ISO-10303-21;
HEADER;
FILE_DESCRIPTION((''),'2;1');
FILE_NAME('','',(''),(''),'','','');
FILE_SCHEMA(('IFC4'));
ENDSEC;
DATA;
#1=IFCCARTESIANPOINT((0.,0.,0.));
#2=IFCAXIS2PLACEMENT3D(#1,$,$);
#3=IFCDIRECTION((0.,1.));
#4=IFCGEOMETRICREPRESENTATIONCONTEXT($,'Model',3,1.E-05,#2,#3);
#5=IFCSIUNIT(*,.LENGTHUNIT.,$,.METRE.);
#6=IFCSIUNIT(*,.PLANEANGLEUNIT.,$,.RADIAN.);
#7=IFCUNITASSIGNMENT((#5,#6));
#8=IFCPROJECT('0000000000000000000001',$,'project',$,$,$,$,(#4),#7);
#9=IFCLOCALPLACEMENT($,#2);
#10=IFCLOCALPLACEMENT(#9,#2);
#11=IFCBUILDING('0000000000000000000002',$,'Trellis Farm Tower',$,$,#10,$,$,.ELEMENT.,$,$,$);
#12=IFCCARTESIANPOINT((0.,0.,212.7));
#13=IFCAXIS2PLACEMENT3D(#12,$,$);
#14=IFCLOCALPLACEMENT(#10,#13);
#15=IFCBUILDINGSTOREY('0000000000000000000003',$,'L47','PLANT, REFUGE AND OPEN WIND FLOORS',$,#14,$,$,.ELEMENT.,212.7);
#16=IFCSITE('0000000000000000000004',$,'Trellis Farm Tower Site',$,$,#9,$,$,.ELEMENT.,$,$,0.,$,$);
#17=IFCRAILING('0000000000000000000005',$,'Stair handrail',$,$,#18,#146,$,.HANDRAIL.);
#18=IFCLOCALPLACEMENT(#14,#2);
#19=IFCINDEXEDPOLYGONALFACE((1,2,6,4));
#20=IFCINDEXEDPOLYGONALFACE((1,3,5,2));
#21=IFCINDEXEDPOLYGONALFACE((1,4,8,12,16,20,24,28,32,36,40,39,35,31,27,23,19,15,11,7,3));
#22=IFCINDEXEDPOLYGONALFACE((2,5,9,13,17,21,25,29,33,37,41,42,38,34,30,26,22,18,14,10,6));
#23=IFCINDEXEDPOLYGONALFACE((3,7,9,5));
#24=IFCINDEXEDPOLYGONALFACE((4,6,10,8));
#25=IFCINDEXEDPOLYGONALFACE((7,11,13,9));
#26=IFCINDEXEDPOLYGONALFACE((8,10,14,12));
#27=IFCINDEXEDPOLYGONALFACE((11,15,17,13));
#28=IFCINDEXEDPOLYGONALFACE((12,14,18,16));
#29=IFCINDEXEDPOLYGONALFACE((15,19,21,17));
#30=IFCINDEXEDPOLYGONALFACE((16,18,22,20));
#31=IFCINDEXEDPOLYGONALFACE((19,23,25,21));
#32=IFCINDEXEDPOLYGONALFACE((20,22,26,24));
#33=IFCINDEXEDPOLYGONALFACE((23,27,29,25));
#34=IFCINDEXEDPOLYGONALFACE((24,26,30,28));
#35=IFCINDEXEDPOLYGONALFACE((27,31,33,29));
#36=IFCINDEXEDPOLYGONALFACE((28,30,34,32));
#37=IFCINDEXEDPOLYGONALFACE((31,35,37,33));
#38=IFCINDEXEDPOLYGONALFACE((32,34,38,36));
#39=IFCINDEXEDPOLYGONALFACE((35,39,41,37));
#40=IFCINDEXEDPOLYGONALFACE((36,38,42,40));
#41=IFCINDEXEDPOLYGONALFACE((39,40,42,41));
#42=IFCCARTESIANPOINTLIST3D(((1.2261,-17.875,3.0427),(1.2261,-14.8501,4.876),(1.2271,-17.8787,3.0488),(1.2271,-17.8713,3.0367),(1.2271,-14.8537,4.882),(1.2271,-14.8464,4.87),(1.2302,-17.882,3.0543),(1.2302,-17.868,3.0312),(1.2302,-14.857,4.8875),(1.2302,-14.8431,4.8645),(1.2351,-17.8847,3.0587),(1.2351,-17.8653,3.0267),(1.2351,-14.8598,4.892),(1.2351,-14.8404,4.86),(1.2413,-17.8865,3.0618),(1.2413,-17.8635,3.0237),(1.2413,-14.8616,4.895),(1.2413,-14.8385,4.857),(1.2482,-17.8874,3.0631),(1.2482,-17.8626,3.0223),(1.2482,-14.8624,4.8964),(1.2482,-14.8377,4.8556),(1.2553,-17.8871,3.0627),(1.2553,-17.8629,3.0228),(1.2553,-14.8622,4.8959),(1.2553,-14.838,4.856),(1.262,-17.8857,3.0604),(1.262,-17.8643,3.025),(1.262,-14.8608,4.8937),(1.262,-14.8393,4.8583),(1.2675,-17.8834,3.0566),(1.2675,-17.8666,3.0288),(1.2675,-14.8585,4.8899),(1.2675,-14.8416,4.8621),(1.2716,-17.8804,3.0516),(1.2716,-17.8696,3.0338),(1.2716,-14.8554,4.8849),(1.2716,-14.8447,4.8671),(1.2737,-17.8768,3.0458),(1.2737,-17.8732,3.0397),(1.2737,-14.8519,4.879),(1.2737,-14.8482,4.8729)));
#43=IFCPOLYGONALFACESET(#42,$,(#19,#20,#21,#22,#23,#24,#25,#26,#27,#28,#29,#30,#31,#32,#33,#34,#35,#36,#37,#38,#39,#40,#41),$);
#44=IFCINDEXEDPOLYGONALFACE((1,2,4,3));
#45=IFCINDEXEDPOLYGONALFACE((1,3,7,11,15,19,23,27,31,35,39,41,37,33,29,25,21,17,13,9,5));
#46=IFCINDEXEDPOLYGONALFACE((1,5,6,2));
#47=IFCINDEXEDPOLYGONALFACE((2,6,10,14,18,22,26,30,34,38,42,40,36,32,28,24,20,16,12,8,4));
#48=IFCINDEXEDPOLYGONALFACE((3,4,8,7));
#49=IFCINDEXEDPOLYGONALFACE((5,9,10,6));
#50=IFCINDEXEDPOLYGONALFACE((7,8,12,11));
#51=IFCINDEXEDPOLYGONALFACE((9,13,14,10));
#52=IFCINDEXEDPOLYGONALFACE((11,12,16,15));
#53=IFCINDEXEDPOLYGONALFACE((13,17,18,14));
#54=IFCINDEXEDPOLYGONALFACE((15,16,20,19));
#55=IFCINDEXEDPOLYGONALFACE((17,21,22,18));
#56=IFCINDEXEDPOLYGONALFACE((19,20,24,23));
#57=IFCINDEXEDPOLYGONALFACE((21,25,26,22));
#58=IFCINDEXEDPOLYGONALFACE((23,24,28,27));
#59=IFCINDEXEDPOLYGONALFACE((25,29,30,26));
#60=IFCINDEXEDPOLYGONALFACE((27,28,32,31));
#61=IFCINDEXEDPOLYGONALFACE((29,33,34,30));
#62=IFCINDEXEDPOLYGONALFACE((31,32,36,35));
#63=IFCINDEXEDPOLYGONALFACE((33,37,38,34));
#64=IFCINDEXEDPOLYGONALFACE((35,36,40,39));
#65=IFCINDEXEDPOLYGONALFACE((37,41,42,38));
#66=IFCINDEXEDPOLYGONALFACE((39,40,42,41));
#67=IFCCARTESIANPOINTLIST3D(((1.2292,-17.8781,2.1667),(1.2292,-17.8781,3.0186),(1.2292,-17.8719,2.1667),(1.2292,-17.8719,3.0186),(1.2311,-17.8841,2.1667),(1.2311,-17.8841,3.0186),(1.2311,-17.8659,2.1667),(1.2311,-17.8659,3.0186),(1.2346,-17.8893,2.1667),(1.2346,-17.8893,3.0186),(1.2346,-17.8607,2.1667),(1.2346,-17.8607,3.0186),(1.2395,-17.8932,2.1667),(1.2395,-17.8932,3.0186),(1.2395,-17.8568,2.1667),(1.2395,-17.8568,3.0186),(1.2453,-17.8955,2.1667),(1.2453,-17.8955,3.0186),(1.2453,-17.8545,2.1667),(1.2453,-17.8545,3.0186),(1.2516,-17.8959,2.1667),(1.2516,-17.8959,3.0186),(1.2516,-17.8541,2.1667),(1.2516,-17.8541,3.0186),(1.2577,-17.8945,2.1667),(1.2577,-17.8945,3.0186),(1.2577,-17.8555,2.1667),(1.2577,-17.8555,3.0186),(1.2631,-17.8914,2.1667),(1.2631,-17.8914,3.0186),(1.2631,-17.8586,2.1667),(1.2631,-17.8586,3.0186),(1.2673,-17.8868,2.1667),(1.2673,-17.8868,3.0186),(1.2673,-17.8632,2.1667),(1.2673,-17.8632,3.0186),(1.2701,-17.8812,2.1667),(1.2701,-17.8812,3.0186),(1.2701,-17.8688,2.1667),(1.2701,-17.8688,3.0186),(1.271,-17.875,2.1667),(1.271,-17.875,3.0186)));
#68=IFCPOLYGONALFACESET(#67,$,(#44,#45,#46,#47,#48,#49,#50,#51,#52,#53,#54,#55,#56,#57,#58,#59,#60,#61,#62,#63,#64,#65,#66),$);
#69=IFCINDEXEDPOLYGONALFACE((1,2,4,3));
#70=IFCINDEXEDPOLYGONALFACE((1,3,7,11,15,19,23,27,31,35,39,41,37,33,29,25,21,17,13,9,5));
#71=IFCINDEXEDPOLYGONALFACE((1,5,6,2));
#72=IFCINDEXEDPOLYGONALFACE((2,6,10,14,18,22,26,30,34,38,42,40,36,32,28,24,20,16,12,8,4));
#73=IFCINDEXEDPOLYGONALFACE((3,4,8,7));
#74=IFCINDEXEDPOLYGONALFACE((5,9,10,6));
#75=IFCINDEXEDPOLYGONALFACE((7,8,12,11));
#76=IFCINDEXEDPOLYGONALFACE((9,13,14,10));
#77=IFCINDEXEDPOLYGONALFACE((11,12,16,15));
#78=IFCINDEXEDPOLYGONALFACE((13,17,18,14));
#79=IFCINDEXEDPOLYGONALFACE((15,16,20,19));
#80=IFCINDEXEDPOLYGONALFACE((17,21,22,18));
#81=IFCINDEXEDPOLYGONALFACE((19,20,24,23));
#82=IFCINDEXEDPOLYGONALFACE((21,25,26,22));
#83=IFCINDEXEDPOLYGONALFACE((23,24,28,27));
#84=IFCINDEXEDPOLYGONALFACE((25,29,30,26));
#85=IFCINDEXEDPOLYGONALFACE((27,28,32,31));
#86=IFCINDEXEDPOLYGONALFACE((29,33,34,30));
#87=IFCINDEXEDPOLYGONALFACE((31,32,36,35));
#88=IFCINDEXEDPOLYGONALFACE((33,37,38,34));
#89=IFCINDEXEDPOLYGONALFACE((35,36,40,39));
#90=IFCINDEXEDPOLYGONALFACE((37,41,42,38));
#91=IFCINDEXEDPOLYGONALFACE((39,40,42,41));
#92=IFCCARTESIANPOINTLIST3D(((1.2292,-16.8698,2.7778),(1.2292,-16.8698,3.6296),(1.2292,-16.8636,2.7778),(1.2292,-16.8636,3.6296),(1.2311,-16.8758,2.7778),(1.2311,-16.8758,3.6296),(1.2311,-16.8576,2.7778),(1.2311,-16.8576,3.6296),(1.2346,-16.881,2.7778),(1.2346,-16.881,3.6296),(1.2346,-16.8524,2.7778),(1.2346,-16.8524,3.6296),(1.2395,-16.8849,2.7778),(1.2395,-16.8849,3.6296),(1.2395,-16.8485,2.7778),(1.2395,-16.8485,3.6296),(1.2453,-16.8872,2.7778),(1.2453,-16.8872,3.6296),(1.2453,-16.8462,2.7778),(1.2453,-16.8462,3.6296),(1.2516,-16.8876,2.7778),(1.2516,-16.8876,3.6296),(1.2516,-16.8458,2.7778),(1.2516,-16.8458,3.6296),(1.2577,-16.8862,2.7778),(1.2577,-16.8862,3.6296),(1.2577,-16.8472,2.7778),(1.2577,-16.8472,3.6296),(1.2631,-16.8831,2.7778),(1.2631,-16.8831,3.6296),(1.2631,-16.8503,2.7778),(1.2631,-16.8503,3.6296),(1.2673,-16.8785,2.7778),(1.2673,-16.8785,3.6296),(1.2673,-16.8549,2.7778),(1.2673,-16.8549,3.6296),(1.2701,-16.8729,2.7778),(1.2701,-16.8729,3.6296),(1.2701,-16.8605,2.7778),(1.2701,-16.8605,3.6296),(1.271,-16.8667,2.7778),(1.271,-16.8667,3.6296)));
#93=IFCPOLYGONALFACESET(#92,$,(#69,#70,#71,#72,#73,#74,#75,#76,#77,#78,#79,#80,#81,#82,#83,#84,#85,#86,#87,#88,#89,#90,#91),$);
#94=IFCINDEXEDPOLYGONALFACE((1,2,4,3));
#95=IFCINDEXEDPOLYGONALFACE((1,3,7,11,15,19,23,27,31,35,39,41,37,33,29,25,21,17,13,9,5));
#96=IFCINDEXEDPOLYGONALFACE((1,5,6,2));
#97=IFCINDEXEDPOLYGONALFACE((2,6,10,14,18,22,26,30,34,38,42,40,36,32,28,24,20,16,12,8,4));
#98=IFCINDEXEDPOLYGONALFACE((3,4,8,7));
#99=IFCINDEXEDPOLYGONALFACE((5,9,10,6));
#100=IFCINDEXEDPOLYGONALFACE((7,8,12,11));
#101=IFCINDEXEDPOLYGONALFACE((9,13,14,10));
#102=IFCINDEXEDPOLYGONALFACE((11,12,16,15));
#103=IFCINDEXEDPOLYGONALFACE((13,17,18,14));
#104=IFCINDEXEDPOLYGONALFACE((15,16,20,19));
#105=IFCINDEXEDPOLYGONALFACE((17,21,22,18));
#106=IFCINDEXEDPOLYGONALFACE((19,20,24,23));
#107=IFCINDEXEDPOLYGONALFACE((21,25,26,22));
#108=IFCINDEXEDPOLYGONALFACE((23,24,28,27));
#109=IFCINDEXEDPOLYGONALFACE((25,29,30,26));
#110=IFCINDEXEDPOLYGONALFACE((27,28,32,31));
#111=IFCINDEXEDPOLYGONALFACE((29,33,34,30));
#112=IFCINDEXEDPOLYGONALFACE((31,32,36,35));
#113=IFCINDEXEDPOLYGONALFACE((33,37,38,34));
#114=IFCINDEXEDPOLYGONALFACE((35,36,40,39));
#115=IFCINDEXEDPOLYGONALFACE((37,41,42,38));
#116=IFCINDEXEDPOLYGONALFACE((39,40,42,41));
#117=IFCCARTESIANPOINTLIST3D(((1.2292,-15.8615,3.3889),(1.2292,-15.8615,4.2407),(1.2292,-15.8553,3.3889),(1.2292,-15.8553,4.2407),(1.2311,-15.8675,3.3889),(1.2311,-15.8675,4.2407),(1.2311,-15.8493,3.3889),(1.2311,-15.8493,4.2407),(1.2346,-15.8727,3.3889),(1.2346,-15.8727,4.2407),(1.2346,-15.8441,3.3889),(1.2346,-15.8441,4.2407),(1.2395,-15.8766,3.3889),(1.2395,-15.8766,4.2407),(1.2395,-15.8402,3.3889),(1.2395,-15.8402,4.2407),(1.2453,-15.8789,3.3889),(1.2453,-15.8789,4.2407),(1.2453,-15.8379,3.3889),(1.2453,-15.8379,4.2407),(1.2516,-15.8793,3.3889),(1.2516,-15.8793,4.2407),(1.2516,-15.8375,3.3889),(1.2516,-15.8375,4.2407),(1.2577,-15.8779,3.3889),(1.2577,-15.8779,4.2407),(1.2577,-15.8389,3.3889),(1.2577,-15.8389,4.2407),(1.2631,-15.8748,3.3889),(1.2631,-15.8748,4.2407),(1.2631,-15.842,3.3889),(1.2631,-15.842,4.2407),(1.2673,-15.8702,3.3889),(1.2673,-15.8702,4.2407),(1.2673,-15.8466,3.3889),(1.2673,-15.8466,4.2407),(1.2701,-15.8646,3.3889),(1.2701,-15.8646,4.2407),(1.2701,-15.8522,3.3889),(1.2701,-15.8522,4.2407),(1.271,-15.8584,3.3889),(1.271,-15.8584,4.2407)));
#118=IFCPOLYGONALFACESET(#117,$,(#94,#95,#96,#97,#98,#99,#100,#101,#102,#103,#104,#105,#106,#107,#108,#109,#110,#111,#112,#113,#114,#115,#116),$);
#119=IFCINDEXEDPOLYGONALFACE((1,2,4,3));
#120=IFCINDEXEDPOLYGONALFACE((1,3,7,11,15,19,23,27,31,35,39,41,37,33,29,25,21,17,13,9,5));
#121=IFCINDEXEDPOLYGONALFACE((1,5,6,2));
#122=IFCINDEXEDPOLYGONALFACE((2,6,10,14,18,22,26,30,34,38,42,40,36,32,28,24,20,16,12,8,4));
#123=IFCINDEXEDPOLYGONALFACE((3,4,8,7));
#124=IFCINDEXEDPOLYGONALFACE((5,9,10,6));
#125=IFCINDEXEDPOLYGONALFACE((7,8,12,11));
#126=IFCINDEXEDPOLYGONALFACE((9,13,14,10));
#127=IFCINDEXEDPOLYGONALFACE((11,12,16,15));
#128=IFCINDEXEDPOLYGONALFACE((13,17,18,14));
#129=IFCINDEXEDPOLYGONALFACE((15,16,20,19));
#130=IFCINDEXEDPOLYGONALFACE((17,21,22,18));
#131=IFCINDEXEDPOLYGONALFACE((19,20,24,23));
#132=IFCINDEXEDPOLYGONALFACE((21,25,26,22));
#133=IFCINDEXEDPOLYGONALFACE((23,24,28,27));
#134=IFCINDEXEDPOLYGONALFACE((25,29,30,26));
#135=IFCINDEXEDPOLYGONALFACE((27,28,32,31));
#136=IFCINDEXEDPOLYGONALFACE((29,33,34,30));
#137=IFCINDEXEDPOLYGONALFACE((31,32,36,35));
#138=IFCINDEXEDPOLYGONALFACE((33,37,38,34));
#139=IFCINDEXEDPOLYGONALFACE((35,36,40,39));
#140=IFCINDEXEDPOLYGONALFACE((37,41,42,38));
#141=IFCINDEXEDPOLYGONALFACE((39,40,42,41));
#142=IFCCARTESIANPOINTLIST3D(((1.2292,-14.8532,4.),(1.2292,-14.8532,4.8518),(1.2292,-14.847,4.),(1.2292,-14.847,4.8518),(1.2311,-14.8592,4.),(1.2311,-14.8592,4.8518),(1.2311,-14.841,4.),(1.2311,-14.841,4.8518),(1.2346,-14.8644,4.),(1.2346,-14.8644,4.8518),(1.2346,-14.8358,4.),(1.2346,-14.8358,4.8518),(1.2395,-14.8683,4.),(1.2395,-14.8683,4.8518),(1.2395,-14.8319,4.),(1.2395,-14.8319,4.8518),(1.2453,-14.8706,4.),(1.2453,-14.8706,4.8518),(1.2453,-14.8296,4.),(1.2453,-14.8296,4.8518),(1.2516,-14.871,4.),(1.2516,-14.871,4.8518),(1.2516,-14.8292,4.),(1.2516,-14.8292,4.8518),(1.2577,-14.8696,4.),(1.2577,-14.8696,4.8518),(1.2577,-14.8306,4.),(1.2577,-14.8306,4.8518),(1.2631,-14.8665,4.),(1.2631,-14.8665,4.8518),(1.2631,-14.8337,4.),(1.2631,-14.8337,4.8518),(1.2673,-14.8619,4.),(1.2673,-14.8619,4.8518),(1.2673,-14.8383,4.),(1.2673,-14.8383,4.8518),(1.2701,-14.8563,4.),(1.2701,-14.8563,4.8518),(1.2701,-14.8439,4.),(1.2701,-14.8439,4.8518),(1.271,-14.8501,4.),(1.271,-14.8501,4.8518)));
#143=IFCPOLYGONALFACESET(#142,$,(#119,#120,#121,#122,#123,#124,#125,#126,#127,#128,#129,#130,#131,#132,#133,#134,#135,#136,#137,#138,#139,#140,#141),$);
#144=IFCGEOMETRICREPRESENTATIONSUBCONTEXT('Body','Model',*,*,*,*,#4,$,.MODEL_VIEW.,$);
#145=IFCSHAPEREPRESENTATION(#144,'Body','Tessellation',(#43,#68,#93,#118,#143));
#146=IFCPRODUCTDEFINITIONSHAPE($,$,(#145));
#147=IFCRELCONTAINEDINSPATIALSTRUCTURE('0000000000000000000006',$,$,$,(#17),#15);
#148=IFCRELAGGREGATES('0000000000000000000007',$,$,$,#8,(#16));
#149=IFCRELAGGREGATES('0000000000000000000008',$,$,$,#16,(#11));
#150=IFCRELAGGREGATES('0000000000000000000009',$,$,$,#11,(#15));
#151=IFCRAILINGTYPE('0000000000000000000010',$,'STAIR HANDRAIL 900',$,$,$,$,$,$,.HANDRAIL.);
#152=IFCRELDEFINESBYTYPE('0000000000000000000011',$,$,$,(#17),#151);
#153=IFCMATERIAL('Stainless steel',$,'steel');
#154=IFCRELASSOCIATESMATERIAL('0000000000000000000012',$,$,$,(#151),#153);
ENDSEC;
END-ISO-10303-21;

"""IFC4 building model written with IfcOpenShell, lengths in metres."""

from ifc_helpers import new_model, si_unit, direction, frame, origin, origin_2d, place, context, subcontext, project, spatial, circle, extrude, source, transform, mapped, material, type_object, element, save


model = new_model("IFC4")

# Units and contexts
model_context = context("Model", 3, precision=1e-05, world=origin(), true_north=direction((0.0, 1.0)))
body_context = subcontext(model_context, "Body", "Model", "MODEL_VIEW")
ifc_project = project(units=[si_unit("LENGTHUNIT", "METRE"), si_unit("PLANEANGLEUNIT", "RADIAN")], contexts=[model_context])

# Site, building, storey
site_placement = place(None, origin())
site = spatial("IfcSite", under=ifc_project, at=site_placement, Name="Trellis Farm Tower Site", CompositionType="ELEMENT", RefElevation=0.0)
building_placement = place(site_placement, origin())
building = spatial("IfcBuilding", under=site, at=building_placement, Name="Trellis Farm Tower", CompositionType="ELEMENT")
storey_placement = place(building_placement, frame((0.0, 0.0, 212.7)))
storey = spatial("IfcBuildingStorey", under=building, at=storey_placement, Name="L47", Description="PLANT, REFUGE AND OPEN WIND FLOORS", CompositionType="ELEMENT", Elevation=212.7)

# Railing
ifc_material_1 = material(Name="Stainless steel", Category="steel")
railing_type_1 = type_object("IfcRailingType", Name="STAIR HANDRAIL 900", PredefinedType="HANDRAIL", material=ifc_material_1)
shared_shape_1 = source(origin(), body_context, "Body", "SweptSolid", [
    extrude(circle(Radius=0.0239, at=origin_2d()), frame((0.0, 0.0, 0.876), z_axis=(0.0, 0.855201, 0.518297), x_axis=(-1.0, 0.0, 0.0)), (0.0, 0.0, 1.0), 3.5371),
    extrude(circle(Radius=0.021, at=origin_2d()), origin(), (0.0, 0.0, 1.0), 0.8518),
    extrude(circle(Radius=0.021, at=origin_2d()), frame((0.0, 1.0083, 0.6111)), (0.0, 0.0, 1.0), 0.8518),
    extrude(circle(Radius=0.021, at=origin_2d()), frame((0.0, 2.0166, 1.2222)), (0.0, 0.0, 1.0), 0.8518),
    extrude(circle(Radius=0.021, at=origin_2d()), frame((0.0, 3.0249, 1.8333)), (0.0, 0.0, 1.0), 0.8518),
])
for number, where, name in (
    (1, (1.25, -17.875, 2.1667), "Stair handrail"),
):
    element("IfcRailing", number, at=place(storey_placement, frame(where)), inside=storey, type_object=railing_type_1, Name=name, PredefinedType="HANDRAIL", context=body_context, shape_type="MappedRepresentation", body=[
        mapped(shared_shape_1, transform((0.0, 0.0, 0.0))),
    ])

save(model, "model.ifc")
